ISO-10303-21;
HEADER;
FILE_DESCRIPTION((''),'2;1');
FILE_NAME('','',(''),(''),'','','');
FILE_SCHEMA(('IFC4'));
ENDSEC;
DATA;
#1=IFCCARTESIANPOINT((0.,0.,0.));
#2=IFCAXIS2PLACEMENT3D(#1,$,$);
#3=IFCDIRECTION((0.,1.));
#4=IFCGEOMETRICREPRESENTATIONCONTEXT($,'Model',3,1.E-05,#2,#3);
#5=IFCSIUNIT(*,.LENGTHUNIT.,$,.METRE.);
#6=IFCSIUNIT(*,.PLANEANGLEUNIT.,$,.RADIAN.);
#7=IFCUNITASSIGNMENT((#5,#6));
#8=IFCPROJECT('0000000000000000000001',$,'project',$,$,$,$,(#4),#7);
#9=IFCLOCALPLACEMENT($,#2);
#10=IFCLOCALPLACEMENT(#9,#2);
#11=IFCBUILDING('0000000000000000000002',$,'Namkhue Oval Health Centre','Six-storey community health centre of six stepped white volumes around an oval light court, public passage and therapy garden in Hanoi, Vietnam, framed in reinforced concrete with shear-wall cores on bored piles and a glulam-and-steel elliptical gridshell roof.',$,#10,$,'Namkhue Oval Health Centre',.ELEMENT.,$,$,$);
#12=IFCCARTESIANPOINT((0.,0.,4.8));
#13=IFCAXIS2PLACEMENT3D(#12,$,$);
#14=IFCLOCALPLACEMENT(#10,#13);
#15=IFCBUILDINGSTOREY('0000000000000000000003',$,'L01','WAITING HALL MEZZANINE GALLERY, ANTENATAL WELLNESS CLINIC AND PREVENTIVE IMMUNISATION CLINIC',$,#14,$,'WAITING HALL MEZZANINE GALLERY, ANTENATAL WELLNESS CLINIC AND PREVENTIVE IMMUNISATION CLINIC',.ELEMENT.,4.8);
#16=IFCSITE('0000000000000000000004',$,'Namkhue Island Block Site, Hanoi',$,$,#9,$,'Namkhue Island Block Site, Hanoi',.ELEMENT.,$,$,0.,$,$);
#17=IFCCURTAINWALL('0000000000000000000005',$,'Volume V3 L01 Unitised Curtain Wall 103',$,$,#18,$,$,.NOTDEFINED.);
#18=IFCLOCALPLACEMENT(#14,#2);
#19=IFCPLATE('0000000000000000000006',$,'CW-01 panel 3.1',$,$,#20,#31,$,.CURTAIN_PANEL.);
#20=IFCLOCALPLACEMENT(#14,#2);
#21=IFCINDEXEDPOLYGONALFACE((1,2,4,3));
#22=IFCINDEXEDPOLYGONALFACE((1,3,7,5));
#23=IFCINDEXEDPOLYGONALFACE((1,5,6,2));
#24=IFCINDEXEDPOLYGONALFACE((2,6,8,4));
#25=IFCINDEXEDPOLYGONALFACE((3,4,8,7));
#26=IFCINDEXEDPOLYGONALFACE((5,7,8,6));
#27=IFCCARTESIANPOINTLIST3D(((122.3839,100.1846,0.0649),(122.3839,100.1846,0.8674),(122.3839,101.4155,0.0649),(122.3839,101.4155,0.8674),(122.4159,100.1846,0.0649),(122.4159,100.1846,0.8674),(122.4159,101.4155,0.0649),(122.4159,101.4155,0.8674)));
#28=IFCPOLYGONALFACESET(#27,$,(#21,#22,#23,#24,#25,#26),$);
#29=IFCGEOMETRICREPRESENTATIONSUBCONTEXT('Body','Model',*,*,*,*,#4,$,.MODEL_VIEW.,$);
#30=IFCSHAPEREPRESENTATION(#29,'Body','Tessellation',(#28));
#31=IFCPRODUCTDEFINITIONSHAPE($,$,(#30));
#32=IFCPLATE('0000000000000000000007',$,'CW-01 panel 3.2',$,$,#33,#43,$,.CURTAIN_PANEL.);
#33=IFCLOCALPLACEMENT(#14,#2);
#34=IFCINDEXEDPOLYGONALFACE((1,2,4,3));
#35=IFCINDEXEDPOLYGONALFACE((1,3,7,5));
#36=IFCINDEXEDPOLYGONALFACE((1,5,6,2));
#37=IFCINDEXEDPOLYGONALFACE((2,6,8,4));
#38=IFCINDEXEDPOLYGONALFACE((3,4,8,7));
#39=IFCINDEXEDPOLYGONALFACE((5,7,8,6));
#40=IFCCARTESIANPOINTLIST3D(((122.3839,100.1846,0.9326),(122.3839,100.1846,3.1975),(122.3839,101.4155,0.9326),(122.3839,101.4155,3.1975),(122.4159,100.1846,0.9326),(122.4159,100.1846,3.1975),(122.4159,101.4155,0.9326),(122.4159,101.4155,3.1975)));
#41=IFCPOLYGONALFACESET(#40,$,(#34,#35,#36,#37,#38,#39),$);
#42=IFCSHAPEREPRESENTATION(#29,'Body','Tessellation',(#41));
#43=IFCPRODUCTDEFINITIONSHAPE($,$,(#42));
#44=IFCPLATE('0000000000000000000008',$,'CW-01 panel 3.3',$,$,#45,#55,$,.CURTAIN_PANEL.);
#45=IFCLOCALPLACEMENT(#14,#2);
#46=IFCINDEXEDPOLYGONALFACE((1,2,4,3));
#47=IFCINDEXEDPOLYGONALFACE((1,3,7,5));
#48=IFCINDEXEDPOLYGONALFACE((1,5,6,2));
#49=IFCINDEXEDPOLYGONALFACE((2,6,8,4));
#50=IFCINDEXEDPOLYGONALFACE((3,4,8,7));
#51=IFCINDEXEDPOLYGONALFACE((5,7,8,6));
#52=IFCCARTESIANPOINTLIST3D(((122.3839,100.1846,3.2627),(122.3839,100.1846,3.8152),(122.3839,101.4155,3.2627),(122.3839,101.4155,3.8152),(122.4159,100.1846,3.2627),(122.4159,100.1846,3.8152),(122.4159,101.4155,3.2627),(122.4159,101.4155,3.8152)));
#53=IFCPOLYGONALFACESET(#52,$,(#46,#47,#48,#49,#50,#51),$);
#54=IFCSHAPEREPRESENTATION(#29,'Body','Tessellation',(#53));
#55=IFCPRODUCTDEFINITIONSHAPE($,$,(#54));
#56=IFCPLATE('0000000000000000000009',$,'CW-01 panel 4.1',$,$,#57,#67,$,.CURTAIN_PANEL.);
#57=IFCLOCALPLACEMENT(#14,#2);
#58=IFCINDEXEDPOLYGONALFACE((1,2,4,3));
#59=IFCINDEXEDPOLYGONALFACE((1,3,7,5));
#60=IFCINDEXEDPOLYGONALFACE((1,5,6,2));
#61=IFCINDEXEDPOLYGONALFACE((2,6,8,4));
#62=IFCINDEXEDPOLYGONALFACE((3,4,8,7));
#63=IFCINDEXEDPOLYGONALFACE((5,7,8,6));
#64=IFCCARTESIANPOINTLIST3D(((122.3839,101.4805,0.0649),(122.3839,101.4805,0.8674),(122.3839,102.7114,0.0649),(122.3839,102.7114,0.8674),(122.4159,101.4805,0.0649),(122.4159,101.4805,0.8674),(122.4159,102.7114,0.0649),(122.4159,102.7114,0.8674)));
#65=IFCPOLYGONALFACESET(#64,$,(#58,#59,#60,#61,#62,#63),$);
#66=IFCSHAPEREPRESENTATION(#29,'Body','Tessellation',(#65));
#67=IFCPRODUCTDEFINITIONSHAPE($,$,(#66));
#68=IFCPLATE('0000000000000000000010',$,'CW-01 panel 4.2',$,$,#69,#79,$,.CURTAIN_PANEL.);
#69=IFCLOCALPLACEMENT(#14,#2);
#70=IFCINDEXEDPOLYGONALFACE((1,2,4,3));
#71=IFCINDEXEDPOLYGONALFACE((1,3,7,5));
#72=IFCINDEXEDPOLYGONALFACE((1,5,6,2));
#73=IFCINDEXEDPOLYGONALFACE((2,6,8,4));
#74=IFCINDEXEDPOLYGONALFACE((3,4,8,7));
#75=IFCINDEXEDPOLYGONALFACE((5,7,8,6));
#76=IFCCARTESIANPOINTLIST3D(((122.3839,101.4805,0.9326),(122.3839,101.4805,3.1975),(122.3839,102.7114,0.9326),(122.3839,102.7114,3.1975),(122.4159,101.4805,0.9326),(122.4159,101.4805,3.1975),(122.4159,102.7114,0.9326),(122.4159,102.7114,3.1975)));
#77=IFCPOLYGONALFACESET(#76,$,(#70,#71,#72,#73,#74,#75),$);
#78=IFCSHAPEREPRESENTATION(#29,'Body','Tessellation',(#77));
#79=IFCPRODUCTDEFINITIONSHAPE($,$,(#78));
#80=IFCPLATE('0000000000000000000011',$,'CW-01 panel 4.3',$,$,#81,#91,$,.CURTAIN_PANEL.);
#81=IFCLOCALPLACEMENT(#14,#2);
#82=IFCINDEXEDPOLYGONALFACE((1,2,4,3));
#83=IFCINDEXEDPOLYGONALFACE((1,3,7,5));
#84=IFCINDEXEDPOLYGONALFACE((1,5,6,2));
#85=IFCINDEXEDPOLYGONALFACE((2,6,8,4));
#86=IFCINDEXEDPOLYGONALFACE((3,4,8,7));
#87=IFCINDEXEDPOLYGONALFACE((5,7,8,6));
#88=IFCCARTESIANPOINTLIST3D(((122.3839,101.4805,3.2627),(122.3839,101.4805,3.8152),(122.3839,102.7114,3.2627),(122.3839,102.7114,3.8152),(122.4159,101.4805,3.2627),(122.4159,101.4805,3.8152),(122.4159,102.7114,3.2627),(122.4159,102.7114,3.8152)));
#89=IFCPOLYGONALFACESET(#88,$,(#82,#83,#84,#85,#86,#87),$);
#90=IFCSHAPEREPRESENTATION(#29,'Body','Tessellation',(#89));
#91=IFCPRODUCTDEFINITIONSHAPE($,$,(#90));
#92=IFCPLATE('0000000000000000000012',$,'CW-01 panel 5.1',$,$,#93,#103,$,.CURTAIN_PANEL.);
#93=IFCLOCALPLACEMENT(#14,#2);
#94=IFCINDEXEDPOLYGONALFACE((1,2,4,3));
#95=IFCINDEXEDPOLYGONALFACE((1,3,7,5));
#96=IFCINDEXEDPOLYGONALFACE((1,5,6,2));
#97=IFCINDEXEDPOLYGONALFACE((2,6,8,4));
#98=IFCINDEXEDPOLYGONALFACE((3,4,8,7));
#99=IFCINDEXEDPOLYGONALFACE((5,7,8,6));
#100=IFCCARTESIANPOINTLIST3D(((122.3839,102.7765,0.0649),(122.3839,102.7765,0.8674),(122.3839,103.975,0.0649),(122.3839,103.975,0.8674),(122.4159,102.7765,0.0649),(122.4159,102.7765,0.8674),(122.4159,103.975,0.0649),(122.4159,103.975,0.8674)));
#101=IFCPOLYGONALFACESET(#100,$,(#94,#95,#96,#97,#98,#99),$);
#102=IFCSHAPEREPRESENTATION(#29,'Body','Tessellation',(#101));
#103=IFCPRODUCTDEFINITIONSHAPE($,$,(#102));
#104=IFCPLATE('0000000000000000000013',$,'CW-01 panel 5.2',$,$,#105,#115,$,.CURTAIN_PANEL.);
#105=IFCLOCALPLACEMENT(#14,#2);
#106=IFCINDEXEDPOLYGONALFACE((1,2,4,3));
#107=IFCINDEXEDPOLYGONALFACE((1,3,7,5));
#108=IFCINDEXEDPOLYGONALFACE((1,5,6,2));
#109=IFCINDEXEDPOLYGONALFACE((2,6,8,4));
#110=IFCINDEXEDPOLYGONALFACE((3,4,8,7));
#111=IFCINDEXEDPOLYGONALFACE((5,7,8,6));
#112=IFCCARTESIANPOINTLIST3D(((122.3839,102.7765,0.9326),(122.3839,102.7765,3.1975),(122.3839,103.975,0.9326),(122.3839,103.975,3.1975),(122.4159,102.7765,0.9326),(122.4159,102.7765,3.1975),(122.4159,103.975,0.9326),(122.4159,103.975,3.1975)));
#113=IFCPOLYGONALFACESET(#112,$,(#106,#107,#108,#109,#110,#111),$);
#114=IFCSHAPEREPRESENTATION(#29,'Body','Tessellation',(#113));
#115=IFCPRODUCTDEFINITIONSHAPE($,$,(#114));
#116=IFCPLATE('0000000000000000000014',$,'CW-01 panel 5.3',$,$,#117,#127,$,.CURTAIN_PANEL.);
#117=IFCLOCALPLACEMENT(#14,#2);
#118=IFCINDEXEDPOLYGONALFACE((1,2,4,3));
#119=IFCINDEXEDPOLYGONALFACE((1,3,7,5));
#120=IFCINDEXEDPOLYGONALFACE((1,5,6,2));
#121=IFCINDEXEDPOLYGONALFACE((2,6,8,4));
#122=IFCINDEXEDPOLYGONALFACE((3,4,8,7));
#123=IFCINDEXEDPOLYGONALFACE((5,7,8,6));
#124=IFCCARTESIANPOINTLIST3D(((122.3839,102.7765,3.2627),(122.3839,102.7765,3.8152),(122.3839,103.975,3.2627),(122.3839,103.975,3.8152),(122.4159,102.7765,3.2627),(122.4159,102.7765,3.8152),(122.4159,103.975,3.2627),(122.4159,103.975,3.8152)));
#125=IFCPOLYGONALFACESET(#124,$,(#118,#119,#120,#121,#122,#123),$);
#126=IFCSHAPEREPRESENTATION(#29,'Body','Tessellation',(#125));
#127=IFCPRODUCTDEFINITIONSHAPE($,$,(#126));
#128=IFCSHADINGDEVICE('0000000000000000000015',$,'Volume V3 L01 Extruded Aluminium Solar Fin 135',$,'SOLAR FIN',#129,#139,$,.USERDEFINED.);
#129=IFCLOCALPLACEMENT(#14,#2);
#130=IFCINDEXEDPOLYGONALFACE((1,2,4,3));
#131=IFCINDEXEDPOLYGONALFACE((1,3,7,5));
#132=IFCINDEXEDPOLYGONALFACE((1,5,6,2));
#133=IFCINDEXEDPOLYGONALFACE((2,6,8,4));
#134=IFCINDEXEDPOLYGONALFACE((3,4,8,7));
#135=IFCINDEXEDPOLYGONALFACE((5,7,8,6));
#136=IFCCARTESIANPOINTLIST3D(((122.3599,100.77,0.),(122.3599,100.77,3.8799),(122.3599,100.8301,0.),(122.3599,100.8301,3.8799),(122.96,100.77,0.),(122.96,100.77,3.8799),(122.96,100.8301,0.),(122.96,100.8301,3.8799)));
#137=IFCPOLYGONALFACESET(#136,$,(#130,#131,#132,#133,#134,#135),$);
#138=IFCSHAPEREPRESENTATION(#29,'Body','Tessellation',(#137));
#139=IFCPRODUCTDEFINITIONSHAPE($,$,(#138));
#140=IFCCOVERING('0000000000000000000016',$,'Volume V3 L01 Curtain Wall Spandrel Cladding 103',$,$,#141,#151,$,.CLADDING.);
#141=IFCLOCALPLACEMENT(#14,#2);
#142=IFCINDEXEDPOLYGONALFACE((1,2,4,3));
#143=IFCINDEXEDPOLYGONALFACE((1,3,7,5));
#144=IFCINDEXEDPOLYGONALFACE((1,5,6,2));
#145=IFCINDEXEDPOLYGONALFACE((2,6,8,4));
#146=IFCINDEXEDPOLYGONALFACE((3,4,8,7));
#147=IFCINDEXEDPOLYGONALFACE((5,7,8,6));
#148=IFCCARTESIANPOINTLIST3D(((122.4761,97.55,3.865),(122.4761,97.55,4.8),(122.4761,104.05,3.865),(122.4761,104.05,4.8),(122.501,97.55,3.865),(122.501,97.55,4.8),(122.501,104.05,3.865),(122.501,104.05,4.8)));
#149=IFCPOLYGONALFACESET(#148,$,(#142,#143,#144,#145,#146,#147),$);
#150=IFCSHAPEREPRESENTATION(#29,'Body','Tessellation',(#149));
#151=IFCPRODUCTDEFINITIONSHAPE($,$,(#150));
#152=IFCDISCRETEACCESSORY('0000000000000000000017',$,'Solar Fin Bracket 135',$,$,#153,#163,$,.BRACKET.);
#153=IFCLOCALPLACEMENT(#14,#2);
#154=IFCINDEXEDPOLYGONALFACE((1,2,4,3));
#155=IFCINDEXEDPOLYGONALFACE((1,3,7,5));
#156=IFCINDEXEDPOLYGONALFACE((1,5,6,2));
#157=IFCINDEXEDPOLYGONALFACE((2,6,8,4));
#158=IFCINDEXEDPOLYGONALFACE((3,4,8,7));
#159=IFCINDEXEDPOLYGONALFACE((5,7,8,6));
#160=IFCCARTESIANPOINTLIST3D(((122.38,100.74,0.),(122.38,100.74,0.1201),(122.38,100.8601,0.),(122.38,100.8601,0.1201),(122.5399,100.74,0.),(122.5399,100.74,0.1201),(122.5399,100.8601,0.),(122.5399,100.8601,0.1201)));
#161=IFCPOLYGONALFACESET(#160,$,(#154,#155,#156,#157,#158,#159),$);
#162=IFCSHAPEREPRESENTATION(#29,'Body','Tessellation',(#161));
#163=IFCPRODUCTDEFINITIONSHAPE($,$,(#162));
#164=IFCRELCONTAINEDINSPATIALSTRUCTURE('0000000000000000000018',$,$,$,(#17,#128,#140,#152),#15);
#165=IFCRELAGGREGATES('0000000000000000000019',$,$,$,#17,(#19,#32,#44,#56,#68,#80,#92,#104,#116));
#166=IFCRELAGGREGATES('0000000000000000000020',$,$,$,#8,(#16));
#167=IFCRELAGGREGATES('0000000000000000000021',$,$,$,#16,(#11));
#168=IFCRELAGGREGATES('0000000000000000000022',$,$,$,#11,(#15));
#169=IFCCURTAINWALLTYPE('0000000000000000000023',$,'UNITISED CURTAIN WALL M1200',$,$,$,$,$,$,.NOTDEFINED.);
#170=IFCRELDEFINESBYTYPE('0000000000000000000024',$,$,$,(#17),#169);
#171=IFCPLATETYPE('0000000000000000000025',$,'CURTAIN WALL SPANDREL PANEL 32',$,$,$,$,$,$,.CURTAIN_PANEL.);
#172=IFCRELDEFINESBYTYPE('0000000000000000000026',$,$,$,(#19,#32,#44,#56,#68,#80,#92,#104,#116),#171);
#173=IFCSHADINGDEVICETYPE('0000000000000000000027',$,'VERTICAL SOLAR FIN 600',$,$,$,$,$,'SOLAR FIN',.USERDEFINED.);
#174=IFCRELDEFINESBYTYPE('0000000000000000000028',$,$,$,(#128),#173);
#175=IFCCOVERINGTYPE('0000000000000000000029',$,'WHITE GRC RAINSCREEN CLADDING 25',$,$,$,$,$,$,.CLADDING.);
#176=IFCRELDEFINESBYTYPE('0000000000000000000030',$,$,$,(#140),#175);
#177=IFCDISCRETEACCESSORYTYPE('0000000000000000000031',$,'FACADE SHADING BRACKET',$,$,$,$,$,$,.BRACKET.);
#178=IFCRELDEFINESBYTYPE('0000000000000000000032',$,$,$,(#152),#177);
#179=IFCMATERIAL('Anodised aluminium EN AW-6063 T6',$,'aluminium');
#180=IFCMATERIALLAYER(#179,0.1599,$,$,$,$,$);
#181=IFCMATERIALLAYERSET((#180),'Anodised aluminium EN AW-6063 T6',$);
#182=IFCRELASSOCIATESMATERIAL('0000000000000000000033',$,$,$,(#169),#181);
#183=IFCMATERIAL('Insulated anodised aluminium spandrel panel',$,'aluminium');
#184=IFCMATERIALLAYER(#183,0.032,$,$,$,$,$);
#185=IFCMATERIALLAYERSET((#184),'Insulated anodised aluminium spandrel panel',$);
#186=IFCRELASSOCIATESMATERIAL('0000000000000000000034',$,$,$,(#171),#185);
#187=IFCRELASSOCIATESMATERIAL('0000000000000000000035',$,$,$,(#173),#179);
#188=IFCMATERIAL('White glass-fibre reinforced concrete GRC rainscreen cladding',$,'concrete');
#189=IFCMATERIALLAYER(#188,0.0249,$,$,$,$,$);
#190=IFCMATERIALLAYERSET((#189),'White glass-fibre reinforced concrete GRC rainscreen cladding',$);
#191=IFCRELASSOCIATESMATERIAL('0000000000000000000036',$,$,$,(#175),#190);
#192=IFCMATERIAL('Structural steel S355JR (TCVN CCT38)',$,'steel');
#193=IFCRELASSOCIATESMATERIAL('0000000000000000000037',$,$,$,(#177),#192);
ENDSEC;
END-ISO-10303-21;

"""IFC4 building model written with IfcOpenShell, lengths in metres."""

from ifc_helpers import new_model, si_unit, direction, frame, origin, origin_2d, place, context, subcontext, project, spatial, rectangle, extrude, material, layer, layer_set, type_object, element, aggregate, save


model = new_model("IFC4")

# Units and contexts
model_context = context("Model", 3, precision=1e-05, world=origin(), true_north=direction((0.0, 1.0)))
body_context = subcontext(model_context, "Body", "Model", "MODEL_VIEW")
ifc_project = project(units=[si_unit("LENGTHUNIT", "METRE"), si_unit("PLANEANGLEUNIT", "RADIAN")], contexts=[model_context])

# Site, building, storey
site_placement = place(None, origin())
site = spatial("IfcSite", under=ifc_project, at=site_placement, Name="Namkhue Island Block Site, Hanoi", LongName="Namkhue Island Block Site, Hanoi", CompositionType="ELEMENT", RefElevation=0.0)
building_placement = place(site_placement, origin())
building = spatial("IfcBuilding", under=site, at=building_placement, Name="Namkhue Oval Health Centre", Description="Six-storey community health centre of six stepped white volumes around an oval light court, public passage and therapy garden in Hanoi, Vietnam, framed in reinforced concrete with shear-wall cores on bored piles and a glulam-and-steel elliptical gridshell roof.", LongName="Namkhue Oval Health Centre", CompositionType="ELEMENT")
storey_placement = place(building_placement, frame((0.0, 0.0, 4.8)))
storey = spatial("IfcBuildingStorey", under=building, at=storey_placement, Name="L01", Description="WAITING HALL MEZZANINE GALLERY, ANTENATAL WELLNESS CLINIC AND PREVENTIVE IMMUNISATION CLINIC", LongName="WAITING HALL MEZZANINE GALLERY, ANTENATAL WELLNESS CLINIC AND PREVENTIVE IMMUNISATION CLINIC", CompositionType="ELEMENT", Elevation=4.8)

# Curtain wall, plates
ifc_material_1 = material(Name="Anodised aluminium EN AW-6063 T6", Category="aluminium")
ifc_layer_1 = layer(ifc_material_1, 0.1599)
ifc_layer_set_1 = layer_set([ifc_layer_1], Name="Anodised aluminium EN AW-6063 T6")
curtain_wall_type = type_object("IfcCurtainWallType", Name="UNITISED CURTAIN WALL M1200", PredefinedType="NOTDEFINED", material=ifc_layer_set_1)
curtain_wall_placement = place(storey_placement, origin())
curtain_wall = element("IfcCurtainWall", 1, at=curtain_wall_placement, inside=storey, type_object=curtain_wall_type, Name="Volume V3 L01 Unitised Curtain Wall 103", PredefinedType="NOTDEFINED")
ifc_material_2 = material(Name="Insulated anodised aluminium spandrel panel", Category="aluminium")
ifc_layer_2 = layer(ifc_material_2, 0.032)
ifc_layer_set_2 = layer_set([ifc_layer_2], Name="Insulated anodised aluminium spandrel panel")
plate_type = type_object("IfcPlateType", Name="CURTAIN WALL SPANDREL PANEL 32", PredefinedType="CURTAIN_PANEL", material=ifc_layer_set_2)
plate_1_placement = place(storey_placement, frame((122.3999, 100.8, 0.0649), z_axis=(0.0, 0.0, 1.0), x_axis=(0.0, 1.0, 0.0)))
plate_1 = element("IfcPlate", 2, at=plate_1_placement, type_object=plate_type, Name="CW-01 panel 3.1", PredefinedType="CURTAIN_PANEL", context=body_context, shape_type="SweptSolid", body=[
    extrude(rectangle(XDim=1.231, YDim=0.032, at=origin_2d()), origin(), (0.0, 0.0, 1.0), 0.8025),
])
plate_2_placement = place(storey_placement, frame((122.3999, 100.8, 0.9326), z_axis=(0.0, 0.0, 1.0), x_axis=(0.0, 1.0, 0.0)))
plate_2 = element("IfcPlate", 3, at=plate_2_placement, type_object=plate_type, Name="CW-01 panel 3.2", PredefinedType="CURTAIN_PANEL", context=body_context, shape_type="SweptSolid", body=[
    extrude(rectangle(XDim=1.231, YDim=0.032, at=origin_2d()), origin(), (0.0, 0.0, 1.0), 2.2649),
])
plate_3_placement = place(storey_placement, frame((122.3999, 100.8, 3.2627), z_axis=(0.0, 0.0, 1.0), x_axis=(0.0, 1.0, 0.0)))
plate_3 = element("IfcPlate", 4, at=plate_3_placement, type_object=plate_type, Name="CW-01 panel 3.3", PredefinedType="CURTAIN_PANEL", context=body_context, shape_type="SweptSolid", body=[
    extrude(rectangle(XDim=1.231, YDim=0.032, at=origin_2d()), origin(), (0.0, 0.0, 1.0), 0.5525),
])
plate_4_placement = place(storey_placement, frame((122.3999, 102.0959, 0.0649), z_axis=(0.0, 0.0, 1.0), x_axis=(0.0, 1.0, 0.0)))
plate_4 = element("IfcPlate", 5, at=plate_4_placement, type_object=plate_type, Name="CW-01 panel 4.1", PredefinedType="CURTAIN_PANEL", context=body_context, shape_type="SweptSolid", body=[
    extrude(rectangle(XDim=1.231, YDim=0.032, at=origin_2d()), origin(), (0.0, 0.0, 1.0), 0.8025),
])
plate_5_placement = place(storey_placement, frame((122.3999, 102.0959, 0.9326), z_axis=(0.0, 0.0, 1.0), x_axis=(0.0, 1.0, 0.0)))
plate_5 = element("IfcPlate", 6, at=plate_5_placement, type_object=plate_type, Name="CW-01 panel 4.2", PredefinedType="CURTAIN_PANEL", context=body_context, shape_type="SweptSolid", body=[
    extrude(rectangle(XDim=1.231, YDim=0.032, at=origin_2d()), origin(), (0.0, 0.0, 1.0), 2.2649),
])
plate_6_placement = place(storey_placement, frame((122.3999, 102.0959, 3.2627), z_axis=(0.0, 0.0, 1.0), x_axis=(0.0, 1.0, 0.0)))
plate_6 = element("IfcPlate", 7, at=plate_6_placement, type_object=plate_type, Name="CW-01 panel 4.3", PredefinedType="CURTAIN_PANEL", context=body_context, shape_type="SweptSolid", body=[
    extrude(rectangle(XDim=1.231, YDim=0.032, at=origin_2d()), origin(), (0.0, 0.0, 1.0), 0.5525),
])
plate_7_placement = place(storey_placement, frame((122.3999, 103.3757, 0.0649), z_axis=(0.0, 0.0, 1.0), x_axis=(0.0, 1.0, 0.0)))
plate_7 = element("IfcPlate", 8, at=plate_7_placement, type_object=plate_type, Name="CW-01 panel 5.1", PredefinedType="CURTAIN_PANEL", context=body_context, shape_type="SweptSolid", body=[
    extrude(rectangle(XDim=1.1985, YDim=0.032, at=origin_2d()), origin(), (0.0, 0.0, 1.0), 0.8025),
])
plate_8_placement = place(storey_placement, frame((122.3999, 103.3757, 0.9326), z_axis=(0.0, 0.0, 1.0), x_axis=(0.0, 1.0, 0.0)))
plate_8 = element("IfcPlate", 9, at=plate_8_placement, type_object=plate_type, Name="CW-01 panel 5.2", PredefinedType="CURTAIN_PANEL", context=body_context, shape_type="SweptSolid", body=[
    extrude(rectangle(XDim=1.1985, YDim=0.032, at=origin_2d()), origin(), (0.0, 0.0, 1.0), 2.2649),
])
plate_9_placement = place(storey_placement, frame((122.3999, 103.3757, 3.2627), z_axis=(0.0, 0.0, 1.0), x_axis=(0.0, 1.0, 0.0)))
plate_9 = element("IfcPlate", 10, at=plate_9_placement, type_object=plate_type, Name="CW-01 panel 5.3", PredefinedType="CURTAIN_PANEL", context=body_context, shape_type="SweptSolid", body=[
    extrude(rectangle(XDim=1.1985, YDim=0.032, at=origin_2d()), origin(), (0.0, 0.0, 1.0), 0.5525),
])
aggregate(curtain_wall, [plate_1, plate_2, plate_3, plate_4, plate_5, plate_6, plate_7, plate_8, plate_9])

# Shading device
shading_device_type = type_object("IfcShadingDeviceType", Name="VERTICAL SOLAR FIN 600", ElementType="SOLAR FIN", PredefinedType="USERDEFINED", material=ifc_material_1)
shading_device_placement = place(storey_placement, frame((122.6599, 100.8, 0.0), z_axis=(0.0, 0.0, 1.0), x_axis=(1.0, 0.0, 0.0)))
element("IfcShadingDevice", 11, at=shading_device_placement, inside=storey, type_object=shading_device_type, Name="Volume V3 L01 Extruded Aluminium Solar Fin 135", ObjectType="SOLAR FIN", PredefinedType="USERDEFINED", context=body_context, shape_type="SweptSolid", body=[
    extrude(rectangle(XDim=0.6001, YDim=0.0601, at=origin_2d()), origin(), (0.0, 0.0, 1.0), 3.8799),
])

# Covering
ifc_material_3 = material(Name="White glass-fibre reinforced concrete GRC rainscreen cladding", Category="concrete")
ifc_layer_3 = layer(ifc_material_3, 0.0249)
ifc_layer_set_3 = layer_set([ifc_layer_3], Name="White glass-fibre reinforced concrete GRC rainscreen cladding")
covering_type = type_object("IfcCoveringType", Name="WHITE GRC RAINSCREEN CLADDING 25", PredefinedType="CLADDING", material=ifc_layer_set_3)
covering_placement = place(storey_placement, frame((122.4885, 100.8, 3.865), z_axis=(0.0, 0.0, 1.0), x_axis=(0.0, 1.0, 0.0)))
element("IfcCovering", 12, at=covering_placement, inside=storey, type_object=covering_type, Name="Volume V3 L01 Curtain Wall Spandrel Cladding 103", PredefinedType="CLADDING", context=body_context, shape_type="SweptSolid", body=[
    extrude(rectangle(XDim=6.5, YDim=0.0249, at=origin_2d()), origin(), (0.0, 0.0, 1.0), 0.9351),
])

# Discrete accessory
ifc_material_4 = material(Name="Structural steel S355JR (TCVN CCT38)", Category="steel")
discrete_accessory_type = type_object("IfcDiscreteAccessoryType", Name="FACADE SHADING BRACKET", PredefinedType="BRACKET", material=ifc_material_4)
discrete_accessory_placement = place(storey_placement, frame((122.46, 100.8, 0.0), z_axis=(0.0, 0.0, 1.0), x_axis=(1.0, 0.0, 0.0)))
element("IfcDiscreteAccessory", 13, at=discrete_accessory_placement, inside=storey, type_object=discrete_accessory_type, Name="Solar Fin Bracket 135", PredefinedType="BRACKET", context=body_context, shape_type="SweptSolid", body=[
    extrude(rectangle(XDim=0.1599, YDim=0.1201, at=origin_2d()), origin(), (0.0, 0.0, 1.0), 0.1201),
])

save(model, "model.ifc")
